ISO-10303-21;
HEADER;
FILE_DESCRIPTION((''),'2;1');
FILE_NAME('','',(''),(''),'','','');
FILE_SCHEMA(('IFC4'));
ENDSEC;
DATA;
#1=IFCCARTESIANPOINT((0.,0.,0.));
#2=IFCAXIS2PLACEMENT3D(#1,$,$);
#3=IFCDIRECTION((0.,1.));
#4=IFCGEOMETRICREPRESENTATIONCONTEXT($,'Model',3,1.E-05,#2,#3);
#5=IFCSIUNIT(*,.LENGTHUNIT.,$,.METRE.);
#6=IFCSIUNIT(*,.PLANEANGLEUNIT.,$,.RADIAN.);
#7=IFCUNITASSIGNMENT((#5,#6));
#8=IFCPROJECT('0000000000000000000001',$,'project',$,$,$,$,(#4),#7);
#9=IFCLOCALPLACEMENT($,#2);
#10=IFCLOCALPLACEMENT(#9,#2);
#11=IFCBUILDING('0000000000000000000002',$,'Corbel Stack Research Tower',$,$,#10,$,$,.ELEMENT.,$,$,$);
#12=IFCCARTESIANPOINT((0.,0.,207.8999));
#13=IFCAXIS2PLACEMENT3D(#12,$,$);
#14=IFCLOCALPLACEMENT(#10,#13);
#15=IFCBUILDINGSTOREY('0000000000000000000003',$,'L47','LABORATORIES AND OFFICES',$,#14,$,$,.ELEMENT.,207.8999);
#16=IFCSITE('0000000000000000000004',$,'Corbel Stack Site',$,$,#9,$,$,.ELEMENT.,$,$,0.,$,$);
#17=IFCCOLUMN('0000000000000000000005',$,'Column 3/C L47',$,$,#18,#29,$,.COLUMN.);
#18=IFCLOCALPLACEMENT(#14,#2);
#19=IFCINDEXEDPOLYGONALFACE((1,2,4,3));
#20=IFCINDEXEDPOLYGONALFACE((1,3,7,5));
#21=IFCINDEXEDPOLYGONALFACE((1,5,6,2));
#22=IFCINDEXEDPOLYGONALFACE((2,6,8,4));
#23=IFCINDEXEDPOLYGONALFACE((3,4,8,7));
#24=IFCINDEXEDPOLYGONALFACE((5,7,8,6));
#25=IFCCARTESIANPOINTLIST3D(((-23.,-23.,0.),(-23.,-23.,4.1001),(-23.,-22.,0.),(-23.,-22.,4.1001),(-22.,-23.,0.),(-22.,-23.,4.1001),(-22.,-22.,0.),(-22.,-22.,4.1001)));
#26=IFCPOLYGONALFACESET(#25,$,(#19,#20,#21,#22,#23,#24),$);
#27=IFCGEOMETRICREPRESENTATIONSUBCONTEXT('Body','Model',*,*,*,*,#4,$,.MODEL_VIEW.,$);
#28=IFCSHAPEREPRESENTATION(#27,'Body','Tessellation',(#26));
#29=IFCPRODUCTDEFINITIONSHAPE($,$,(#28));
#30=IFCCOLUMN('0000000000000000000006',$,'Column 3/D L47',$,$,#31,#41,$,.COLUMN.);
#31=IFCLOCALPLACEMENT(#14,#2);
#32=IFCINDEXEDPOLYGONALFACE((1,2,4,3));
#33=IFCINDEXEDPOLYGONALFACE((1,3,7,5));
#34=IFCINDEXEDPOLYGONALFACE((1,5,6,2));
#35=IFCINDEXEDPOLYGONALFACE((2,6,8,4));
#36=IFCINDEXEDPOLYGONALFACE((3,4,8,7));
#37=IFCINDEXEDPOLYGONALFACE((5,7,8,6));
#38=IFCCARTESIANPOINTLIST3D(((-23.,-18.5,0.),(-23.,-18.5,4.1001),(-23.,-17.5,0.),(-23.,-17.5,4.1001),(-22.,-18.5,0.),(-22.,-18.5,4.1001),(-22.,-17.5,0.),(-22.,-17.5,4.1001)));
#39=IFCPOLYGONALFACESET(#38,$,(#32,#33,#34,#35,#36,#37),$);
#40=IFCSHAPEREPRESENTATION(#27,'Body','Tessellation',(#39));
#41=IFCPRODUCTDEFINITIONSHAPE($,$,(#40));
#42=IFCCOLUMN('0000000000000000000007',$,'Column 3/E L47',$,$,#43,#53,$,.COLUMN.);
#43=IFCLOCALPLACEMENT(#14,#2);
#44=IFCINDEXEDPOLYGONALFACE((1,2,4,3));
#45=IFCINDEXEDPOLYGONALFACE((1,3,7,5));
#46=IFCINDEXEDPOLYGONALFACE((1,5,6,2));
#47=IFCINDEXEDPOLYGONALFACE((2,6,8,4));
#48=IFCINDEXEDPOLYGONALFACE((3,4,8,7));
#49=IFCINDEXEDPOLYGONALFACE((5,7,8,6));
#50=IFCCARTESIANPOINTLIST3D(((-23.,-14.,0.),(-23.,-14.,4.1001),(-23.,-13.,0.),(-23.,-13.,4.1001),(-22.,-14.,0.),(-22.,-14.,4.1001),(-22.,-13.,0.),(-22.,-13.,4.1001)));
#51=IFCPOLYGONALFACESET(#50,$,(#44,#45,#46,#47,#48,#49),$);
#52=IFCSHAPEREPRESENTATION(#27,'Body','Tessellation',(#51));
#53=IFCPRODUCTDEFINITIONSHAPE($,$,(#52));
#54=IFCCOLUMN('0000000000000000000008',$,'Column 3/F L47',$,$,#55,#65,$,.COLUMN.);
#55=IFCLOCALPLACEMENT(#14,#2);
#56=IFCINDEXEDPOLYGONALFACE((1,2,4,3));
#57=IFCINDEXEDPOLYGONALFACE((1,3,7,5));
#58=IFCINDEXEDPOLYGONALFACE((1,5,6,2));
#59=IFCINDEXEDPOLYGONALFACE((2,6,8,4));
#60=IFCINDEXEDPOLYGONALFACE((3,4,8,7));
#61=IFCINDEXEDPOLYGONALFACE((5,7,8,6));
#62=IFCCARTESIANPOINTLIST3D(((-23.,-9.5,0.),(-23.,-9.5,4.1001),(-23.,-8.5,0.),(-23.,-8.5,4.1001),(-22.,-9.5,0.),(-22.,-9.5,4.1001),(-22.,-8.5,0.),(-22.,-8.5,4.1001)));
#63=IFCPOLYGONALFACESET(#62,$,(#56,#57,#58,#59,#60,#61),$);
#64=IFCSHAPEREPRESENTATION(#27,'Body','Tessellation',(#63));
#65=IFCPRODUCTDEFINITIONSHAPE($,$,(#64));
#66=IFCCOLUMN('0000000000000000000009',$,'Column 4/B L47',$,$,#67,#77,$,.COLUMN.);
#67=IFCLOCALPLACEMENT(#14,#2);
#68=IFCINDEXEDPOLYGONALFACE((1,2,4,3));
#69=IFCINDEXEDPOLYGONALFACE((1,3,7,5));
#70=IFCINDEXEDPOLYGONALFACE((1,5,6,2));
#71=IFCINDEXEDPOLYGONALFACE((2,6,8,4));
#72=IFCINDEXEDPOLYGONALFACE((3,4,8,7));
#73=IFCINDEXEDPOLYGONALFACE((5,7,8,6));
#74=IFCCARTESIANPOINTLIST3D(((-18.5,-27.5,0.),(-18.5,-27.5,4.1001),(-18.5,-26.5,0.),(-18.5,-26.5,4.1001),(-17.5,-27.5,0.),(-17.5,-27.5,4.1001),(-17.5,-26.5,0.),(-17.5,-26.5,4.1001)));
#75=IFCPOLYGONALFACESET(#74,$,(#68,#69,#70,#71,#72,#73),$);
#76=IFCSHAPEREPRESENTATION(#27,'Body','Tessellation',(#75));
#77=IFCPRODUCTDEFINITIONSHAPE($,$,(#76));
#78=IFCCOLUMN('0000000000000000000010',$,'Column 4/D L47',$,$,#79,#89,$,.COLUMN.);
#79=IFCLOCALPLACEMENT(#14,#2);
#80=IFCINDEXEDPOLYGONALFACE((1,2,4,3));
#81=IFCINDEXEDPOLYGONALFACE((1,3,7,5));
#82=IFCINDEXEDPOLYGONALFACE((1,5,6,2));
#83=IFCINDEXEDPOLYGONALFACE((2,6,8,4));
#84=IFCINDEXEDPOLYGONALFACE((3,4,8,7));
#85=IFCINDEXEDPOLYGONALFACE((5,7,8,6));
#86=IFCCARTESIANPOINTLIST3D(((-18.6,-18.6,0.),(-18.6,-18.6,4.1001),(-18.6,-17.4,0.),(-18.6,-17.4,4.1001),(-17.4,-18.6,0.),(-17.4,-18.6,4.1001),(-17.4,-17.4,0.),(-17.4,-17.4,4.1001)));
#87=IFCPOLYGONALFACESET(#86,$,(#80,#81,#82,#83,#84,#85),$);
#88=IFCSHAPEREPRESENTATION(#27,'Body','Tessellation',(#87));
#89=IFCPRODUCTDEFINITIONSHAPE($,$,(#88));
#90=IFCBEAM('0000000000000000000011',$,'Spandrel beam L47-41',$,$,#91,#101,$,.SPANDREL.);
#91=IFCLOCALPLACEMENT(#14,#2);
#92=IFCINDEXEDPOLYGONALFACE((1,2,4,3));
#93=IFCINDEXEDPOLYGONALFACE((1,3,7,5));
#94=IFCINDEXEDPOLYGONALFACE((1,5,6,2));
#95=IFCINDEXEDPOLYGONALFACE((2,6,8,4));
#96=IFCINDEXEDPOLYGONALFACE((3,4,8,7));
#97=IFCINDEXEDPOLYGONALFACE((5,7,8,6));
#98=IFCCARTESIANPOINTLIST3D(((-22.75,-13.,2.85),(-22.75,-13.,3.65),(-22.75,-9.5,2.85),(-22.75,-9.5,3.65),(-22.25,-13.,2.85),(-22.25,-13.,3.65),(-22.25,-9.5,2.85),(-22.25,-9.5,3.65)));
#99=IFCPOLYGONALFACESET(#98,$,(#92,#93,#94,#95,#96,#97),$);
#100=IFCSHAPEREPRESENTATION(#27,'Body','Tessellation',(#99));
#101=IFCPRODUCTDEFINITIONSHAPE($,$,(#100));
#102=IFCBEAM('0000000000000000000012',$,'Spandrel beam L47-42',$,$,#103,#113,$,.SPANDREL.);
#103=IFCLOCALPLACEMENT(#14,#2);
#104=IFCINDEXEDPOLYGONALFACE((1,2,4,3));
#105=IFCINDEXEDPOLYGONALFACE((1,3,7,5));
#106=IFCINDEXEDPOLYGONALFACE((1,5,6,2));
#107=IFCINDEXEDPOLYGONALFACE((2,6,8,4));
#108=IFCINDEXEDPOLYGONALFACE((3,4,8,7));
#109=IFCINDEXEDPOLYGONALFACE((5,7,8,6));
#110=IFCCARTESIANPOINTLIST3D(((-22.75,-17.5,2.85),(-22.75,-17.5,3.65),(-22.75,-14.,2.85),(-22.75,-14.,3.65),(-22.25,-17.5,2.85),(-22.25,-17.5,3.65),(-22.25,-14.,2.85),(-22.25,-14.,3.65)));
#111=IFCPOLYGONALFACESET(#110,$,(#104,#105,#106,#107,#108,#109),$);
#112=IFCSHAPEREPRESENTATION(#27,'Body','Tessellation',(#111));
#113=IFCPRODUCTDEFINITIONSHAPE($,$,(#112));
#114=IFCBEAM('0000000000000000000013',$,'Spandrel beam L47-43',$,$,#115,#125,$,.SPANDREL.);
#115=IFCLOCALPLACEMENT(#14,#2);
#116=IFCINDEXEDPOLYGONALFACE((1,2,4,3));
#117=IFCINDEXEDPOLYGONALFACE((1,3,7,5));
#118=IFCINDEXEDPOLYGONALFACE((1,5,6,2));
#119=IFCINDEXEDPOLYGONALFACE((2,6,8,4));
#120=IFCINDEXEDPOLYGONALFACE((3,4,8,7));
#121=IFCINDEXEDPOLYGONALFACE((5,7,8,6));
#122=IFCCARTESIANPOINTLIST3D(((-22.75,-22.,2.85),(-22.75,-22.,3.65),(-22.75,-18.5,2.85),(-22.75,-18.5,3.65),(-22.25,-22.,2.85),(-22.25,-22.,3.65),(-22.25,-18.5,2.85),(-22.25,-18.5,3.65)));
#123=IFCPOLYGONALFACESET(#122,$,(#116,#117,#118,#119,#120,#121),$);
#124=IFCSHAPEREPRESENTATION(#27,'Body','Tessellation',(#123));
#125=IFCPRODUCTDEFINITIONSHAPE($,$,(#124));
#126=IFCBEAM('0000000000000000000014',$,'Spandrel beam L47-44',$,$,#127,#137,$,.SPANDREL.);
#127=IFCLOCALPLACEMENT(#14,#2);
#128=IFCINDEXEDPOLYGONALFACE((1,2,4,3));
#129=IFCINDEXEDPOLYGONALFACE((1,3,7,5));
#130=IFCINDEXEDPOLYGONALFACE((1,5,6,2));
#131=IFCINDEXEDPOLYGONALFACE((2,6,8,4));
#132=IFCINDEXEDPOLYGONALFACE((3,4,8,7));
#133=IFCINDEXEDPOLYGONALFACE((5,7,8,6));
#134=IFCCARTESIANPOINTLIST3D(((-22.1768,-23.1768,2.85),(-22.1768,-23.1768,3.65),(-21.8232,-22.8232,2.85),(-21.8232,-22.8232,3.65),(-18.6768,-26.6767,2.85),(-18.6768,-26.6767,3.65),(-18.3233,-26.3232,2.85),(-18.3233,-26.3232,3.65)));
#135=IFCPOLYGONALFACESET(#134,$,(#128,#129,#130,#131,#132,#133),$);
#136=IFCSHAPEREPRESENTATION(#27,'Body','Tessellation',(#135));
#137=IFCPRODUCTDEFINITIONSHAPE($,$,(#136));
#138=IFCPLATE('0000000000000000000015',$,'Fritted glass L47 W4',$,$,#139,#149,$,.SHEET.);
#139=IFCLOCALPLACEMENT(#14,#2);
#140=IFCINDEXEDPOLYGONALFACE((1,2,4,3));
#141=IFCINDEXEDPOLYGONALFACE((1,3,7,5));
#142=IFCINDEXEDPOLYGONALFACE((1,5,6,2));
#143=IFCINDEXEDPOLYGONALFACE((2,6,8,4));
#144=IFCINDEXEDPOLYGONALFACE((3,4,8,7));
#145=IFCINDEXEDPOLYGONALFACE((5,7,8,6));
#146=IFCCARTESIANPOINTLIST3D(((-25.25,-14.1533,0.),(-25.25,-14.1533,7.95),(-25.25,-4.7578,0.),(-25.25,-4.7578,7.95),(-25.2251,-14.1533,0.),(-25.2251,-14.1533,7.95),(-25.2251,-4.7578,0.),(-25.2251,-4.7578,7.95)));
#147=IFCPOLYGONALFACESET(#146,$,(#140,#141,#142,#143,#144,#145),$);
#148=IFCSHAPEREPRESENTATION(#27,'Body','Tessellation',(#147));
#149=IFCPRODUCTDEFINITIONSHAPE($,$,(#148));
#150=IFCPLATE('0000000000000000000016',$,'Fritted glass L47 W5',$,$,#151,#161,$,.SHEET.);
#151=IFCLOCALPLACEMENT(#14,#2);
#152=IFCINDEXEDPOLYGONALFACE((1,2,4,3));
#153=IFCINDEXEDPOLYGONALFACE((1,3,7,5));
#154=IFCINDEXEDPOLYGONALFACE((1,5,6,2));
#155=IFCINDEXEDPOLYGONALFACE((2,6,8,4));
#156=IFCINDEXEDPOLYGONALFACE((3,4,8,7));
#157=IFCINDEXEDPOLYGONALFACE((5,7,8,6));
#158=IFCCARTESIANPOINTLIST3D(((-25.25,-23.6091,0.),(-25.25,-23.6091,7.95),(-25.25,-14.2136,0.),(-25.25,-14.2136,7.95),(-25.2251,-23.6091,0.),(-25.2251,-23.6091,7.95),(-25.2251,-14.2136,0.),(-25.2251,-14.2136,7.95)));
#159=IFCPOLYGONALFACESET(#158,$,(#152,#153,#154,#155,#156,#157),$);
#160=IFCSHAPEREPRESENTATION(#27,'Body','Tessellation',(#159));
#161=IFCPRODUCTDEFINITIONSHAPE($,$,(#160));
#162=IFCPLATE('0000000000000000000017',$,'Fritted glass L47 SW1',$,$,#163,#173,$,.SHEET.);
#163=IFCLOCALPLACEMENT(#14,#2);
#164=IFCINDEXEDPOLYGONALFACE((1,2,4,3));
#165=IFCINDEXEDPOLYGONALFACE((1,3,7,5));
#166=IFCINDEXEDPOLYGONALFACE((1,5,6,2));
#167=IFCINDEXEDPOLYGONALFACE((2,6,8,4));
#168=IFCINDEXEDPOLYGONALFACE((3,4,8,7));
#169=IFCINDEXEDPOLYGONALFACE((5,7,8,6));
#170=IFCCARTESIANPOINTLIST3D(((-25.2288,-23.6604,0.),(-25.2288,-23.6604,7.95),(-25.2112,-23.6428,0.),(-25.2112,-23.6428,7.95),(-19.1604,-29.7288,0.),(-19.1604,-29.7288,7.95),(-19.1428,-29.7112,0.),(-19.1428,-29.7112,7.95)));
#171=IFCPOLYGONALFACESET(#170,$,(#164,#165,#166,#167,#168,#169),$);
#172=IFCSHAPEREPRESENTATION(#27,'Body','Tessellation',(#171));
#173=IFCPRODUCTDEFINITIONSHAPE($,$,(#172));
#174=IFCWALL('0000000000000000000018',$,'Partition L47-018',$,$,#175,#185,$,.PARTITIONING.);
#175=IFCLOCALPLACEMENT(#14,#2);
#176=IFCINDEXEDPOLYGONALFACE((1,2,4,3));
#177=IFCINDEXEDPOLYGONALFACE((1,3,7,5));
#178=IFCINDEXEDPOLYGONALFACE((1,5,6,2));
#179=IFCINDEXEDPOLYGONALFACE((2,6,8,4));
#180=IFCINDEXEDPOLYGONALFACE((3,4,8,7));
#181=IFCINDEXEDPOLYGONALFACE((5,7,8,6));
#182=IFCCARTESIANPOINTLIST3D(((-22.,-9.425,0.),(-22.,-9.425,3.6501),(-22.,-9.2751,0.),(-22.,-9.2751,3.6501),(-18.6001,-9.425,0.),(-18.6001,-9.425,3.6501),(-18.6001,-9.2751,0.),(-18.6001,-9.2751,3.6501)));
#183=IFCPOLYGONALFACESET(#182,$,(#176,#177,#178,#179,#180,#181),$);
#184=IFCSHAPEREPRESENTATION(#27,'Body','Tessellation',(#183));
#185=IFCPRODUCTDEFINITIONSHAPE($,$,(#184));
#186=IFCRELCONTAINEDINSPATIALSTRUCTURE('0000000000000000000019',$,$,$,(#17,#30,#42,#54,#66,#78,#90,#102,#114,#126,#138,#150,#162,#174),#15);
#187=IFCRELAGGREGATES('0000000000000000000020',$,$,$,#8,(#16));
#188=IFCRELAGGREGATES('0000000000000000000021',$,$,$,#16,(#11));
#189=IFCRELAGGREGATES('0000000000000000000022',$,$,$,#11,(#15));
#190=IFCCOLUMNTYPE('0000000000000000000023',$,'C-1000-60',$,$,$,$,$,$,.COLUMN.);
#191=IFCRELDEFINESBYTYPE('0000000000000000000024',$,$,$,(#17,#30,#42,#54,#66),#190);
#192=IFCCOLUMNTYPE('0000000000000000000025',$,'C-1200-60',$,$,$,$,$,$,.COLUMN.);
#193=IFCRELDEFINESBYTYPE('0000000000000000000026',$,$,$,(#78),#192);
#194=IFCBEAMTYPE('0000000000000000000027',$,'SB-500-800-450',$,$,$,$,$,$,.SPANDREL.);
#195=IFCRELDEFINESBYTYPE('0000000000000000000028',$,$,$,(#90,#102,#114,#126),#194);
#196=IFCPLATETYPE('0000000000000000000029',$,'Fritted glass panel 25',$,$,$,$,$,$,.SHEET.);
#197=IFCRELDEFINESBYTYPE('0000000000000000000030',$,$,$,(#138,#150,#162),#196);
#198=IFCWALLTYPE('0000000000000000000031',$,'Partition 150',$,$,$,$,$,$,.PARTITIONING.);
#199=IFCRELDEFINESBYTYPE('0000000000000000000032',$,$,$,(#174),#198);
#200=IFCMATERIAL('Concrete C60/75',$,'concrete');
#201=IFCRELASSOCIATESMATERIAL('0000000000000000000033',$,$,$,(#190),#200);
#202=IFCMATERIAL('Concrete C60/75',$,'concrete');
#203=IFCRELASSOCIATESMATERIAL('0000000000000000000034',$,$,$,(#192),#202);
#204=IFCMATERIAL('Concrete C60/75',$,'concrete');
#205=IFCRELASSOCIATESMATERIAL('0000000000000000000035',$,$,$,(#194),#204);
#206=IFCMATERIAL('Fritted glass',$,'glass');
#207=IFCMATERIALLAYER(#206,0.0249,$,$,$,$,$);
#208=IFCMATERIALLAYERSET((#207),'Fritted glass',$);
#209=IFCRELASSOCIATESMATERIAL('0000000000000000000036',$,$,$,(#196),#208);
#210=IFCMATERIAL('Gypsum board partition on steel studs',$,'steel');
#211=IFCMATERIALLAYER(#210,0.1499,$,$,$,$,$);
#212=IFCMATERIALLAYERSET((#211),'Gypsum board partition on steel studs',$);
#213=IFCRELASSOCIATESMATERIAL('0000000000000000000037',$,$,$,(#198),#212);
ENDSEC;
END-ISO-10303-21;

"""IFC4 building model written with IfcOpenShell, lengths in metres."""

from ifc_helpers import new_model, si_unit, direction, frame, frame_2d, origin, origin_2d, place, context, subcontext, project, spatial, rectangle, extrude, material, layer, layer_set, material_profile, profile_set, type_object, element, save


model = new_model("IFC4")

# Units and contexts
model_context = context("Model", 3, precision=1e-05, world=origin(), true_north=direction((0.0, 1.0)))
body_context = subcontext(model_context, "Body", "Model", "MODEL_VIEW")
ifc_project = project(units=[si_unit("LENGTHUNIT", "METRE"), si_unit("PLANEANGLEUNIT", "RADIAN")], contexts=[model_context])

# Site, building, storey
site_placement = place(None, origin())
site = spatial("IfcSite", under=ifc_project, at=site_placement, Name="Corbel Stack Site", CompositionType="ELEMENT", RefElevation=0.0)
building_placement = place(site_placement, origin())
building = spatial("IfcBuilding", under=site, at=building_placement, Name="Corbel Stack Research Tower", CompositionType="ELEMENT")
storey_placement = place(building_placement, frame((0.0, 0.0, 207.8999)))
storey = spatial("IfcBuildingStorey", under=building, at=storey_placement, Name="L47", Description="LABORATORIES AND OFFICES", CompositionType="ELEMENT", Elevation=207.8999)

# Columns
ifc_material_1 = material(Name="Concrete C60/75", Category="concrete")
ifc_material_profile_1 = material_profile(ifc_material_1, rectangle(XDim=1.0, YDim=1.0, at=origin_2d()), Name="RC 1000 x 1000")
ifc_profile_set_1 = profile_set([ifc_material_profile_1], Name="Concrete C60/75")
column_type_1 = type_object("IfcColumnType", Name="C-1000-60", PredefinedType="COLUMN", material=ifc_profile_set_1)
for number, where, z_axis, x_axis, name in (
    (1, (-22.5, -22.5, 0.0), (0.0, 0.0, 1.0), (1.0, 0.0, 0.0), "Column 3/C L47"),
    (2, (-22.5, -18.0, 0.0), (0.0, 0.0, 1.0), (1.0, 0.0, 0.0), "Column 3/D L47"),
    (3, (-22.5, -13.5, 0.0), (0.0, 0.0, 1.0), (1.0, 0.0, 0.0), "Column 3/E L47"),
    (4, (-22.5, -9.0, 0.0), (0.0, 0.0, 1.0), (1.0, 0.0, 0.0), "Column 3/F L47"),
    (5, (-18.0, -27.0, 0.0), (0.0, 0.0, 1.0), (1.0, 0.0, 0.0), "Column 4/B L47"),
):
    element("IfcColumn", number, at=place(storey_placement, frame(where, z_axis=z_axis, x_axis=x_axis)), inside=storey, type_object=column_type_1, Name=name, PredefinedType="COLUMN", context=body_context, shape_type="SweptSolid", body=[
        extrude(rectangle(XDim=1.0, YDim=1.0, at=origin_2d()), origin(), (0.0, 0.0, 1.0), 4.1001),
    ])
ifc_material_2 = material(Name="Concrete C60/75", Category="concrete")
ifc_material_profile_2 = material_profile(ifc_material_2, rectangle(XDim=1.2, YDim=1.2, at=origin_2d()), Name="RC 1200 x 1200")
ifc_profile_set_2 = profile_set([ifc_material_profile_2], Name="Concrete C60/75")
column_type_2 = type_object("IfcColumnType", Name="C-1200-60", PredefinedType="COLUMN", material=ifc_profile_set_2)
column_placement = place(storey_placement, frame((-18.0, -18.0, 0.0), z_axis=(0.0, 0.0, 1.0), x_axis=(1.0, 0.0, 0.0)))
element("IfcColumn", 6, at=column_placement, inside=storey, type_object=column_type_2, Name="Column 4/D L47", PredefinedType="COLUMN", context=body_context, shape_type="SweptSolid", body=[
    extrude(rectangle(XDim=1.2, YDim=1.2, at=origin_2d()), origin(), (0.0, 0.0, 1.0), 4.1001),
])

# Beams
ifc_material_3 = material(Name="Concrete C60/75", Category="concrete")
ifc_material_profile_3 = material_profile(ifc_material_3, rectangle(XDim=0.5, YDim=0.8, at=origin_2d()), Name="RC 500 x 800")
ifc_profile_set_3 = profile_set([ifc_material_profile_3], Name="Concrete C60/75")
beam_type = type_object("IfcBeamType", Name="SB-500-800-450", PredefinedType="SPANDREL", material=ifc_profile_set_3)
for number, where, z_axis, x_axis, name in (
    (7, (-22.5, -9.5, 3.25), (0.0, -1.0, 0.0), (1.0, 0.0, 0.0), "Spandrel beam L47-41"),
    (8, (-22.5, -14.0, 3.25), (0.0, -1.0, 0.0), (1.0, 0.0, 0.0), "Spandrel beam L47-42"),
    (9, (-22.5, -18.5, 3.25), (0.0, -1.0, 0.0), (1.0, 0.0, 0.0), "Spandrel beam L47-43"),
):
    element("IfcBeam", number, at=place(storey_placement, frame(where, z_axis=z_axis, x_axis=x_axis)), inside=storey, type_object=beam_type, Name=name, PredefinedType="SPANDREL", context=body_context, shape_type="SweptSolid", body=[
        extrude(rectangle(XDim=0.5, YDim=0.8, at=origin_2d()), origin(), (0.0, 0.0, 1.0), 3.5),
    ])
beam_placement = place(storey_placement, frame((-22.0, -23.0, 3.25), z_axis=(0.707107, -0.707107, 0.0), x_axis=(0.707107, 0.707107, 0.0)))
element("IfcBeam", 10, at=beam_placement, inside=storey, type_object=beam_type, Name="Spandrel beam L47-44", PredefinedType="SPANDREL", context=body_context, shape_type="SweptSolid", body=[
    extrude(rectangle(XDim=0.5, YDim=0.8, at=origin_2d()), origin(), (0.0, 0.0, 1.0), 4.9497),
])

# Plates
ifc_material_4 = material(Name="Fritted glass", Category="glass")
ifc_layer_1 = layer(ifc_material_4, 0.0249)
ifc_layer_set_1 = layer_set([ifc_layer_1], Name="Fritted glass")
plate_type = type_object("IfcPlateType", Name="Fritted glass panel 25", PredefinedType="SHEET", material=ifc_layer_set_1)
for number, where, z_axis, x_axis, name in (
    (11, (-25.2375, -9.4556, 0.0), (0.0, 0.0, 1.0), (0.0, -1.0, 0.0), "Fritted glass L47 W4"),
    (12, (-25.2375, -18.9114, 0.0), (0.0, 0.0, 1.0), (0.0, -1.0, 0.0), "Fritted glass L47 W5"),
):
    element("IfcPlate", number, at=place(storey_placement, frame(where, z_axis=z_axis, x_axis=x_axis)), inside=storey, type_object=plate_type, Name=name, PredefinedType="SHEET", context=body_context, shape_type="SweptSolid", body=[
        extrude(rectangle(XDim=9.3955, YDim=0.0249, at=origin_2d()), origin(), (0.0, 0.0, 1.0), 7.95),
    ])
plate_placement = place(storey_placement, frame((-22.1858, -26.6858, 0.0), z_axis=(0.0, 0.0, 1.0), x_axis=(0.707107, -0.707107, 0.0)))
element("IfcPlate", 13, at=plate_placement, inside=storey, type_object=plate_type, Name="Fritted glass L47 SW1", PredefinedType="SHEET", context=body_context, shape_type="SweptSolid", body=[
    extrude(rectangle(XDim=8.582, YDim=0.0249, at=origin_2d()), origin(), (0.0, 0.0, 1.0), 7.95),
])

# Wall
ifc_material_5 = material(Name="Gypsum board partition on steel studs", Category="steel")
ifc_layer_2 = layer(ifc_material_5, 0.1499)
ifc_layer_set_2 = layer_set([ifc_layer_2], Name="Gypsum board partition on steel studs")
wall_type_1 = type_object("IfcWallType", Name="Partition 150", PredefinedType="PARTITIONING", material=ifc_layer_set_2)
wall_1_placement = place(storey_placement, frame((-22.0, -9.3501, 0.0), z_axis=(0.0, 0.0, 1.0), x_axis=(1.0, 0.0, 0.0)))
element("IfcWall", 14, at=wall_1_placement, inside=storey, type_object=wall_type_1, Name="Partition L47-018", PredefinedType="PARTITIONING", context=body_context, shape_type="SweptSolid", body=[
    extrude(rectangle(XDim=3.3999, YDim=0.1499, at=frame_2d((1.7, 0.0))), origin(), (0.0, 0.0, 1.0), 3.6501),
])

save(model, "model.ifc")
